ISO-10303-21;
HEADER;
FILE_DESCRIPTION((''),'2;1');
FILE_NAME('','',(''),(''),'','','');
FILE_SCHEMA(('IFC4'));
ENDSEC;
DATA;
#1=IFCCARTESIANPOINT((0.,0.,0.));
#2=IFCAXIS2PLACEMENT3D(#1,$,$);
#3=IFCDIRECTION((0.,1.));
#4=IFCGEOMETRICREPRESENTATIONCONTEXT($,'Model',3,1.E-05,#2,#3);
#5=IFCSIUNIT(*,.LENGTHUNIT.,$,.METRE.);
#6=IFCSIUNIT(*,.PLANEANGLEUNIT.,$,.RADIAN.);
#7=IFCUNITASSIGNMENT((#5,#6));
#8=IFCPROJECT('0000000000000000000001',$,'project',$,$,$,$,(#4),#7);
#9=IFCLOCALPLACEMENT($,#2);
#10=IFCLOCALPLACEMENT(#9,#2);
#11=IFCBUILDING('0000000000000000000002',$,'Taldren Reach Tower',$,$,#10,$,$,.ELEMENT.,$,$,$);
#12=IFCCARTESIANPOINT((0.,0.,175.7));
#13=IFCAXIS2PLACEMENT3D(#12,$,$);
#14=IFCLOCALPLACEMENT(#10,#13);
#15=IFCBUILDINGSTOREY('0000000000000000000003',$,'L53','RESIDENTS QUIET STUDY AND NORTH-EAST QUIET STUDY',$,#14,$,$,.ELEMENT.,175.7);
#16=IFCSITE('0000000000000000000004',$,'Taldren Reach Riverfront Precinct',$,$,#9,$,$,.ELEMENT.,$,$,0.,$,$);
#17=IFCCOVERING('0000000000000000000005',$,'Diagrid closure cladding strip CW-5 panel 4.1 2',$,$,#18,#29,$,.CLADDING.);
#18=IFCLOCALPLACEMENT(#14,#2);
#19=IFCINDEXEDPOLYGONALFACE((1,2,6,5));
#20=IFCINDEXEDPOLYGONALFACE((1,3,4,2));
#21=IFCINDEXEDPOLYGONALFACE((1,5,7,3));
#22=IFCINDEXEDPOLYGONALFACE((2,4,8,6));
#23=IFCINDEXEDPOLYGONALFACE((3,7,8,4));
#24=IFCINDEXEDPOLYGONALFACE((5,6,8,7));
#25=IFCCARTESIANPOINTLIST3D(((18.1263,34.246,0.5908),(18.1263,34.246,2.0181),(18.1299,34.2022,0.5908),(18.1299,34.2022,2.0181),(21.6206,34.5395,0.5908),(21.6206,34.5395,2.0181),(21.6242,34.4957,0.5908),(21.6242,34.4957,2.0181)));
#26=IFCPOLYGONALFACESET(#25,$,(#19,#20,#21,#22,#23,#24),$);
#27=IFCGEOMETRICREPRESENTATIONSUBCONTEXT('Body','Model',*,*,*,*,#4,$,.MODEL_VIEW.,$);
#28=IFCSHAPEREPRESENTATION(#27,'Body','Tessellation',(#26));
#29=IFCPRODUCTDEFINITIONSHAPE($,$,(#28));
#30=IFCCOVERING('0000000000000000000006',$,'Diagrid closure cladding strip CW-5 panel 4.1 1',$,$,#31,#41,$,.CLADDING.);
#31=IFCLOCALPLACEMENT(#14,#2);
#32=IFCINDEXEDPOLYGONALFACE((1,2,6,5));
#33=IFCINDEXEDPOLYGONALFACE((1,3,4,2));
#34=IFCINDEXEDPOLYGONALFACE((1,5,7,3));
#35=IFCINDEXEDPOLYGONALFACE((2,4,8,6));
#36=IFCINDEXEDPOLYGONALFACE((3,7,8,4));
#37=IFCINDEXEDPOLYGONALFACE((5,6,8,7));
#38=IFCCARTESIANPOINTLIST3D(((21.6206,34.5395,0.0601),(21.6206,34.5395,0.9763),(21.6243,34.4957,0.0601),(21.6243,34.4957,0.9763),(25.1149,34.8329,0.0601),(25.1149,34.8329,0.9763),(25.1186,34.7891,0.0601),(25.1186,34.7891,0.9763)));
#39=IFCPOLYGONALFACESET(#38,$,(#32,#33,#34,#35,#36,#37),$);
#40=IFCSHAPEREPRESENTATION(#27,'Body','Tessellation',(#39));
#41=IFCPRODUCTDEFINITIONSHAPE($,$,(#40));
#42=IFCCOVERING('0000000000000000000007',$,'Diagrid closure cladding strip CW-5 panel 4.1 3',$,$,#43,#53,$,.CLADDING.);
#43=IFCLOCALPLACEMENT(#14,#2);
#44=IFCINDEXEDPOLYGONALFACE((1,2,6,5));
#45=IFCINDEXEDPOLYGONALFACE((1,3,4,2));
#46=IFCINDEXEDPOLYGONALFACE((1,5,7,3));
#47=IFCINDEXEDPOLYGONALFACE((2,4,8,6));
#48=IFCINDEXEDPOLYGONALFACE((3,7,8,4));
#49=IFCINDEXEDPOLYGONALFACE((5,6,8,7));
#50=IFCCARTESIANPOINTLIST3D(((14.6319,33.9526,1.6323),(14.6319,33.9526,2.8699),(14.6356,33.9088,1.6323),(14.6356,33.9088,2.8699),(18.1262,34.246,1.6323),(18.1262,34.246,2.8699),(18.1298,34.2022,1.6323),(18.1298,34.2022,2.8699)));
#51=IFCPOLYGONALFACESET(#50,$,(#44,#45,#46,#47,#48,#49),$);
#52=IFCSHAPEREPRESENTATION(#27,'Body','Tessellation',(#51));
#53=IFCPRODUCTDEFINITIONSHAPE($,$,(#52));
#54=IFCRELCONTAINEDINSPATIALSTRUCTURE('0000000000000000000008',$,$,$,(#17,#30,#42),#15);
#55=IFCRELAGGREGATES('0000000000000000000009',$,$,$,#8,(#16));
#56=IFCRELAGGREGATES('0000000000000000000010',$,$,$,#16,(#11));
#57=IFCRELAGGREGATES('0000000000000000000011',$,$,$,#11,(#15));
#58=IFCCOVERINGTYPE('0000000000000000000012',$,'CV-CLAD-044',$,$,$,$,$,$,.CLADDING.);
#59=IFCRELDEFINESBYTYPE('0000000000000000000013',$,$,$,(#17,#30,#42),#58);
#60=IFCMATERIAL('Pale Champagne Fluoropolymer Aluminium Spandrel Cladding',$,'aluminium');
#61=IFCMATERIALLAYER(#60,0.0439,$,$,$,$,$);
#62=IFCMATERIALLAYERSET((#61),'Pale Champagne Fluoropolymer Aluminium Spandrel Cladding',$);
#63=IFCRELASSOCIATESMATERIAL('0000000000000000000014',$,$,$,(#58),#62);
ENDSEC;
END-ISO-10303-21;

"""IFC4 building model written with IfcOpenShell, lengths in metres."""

from ifc_helpers import new_model, si_unit, direction, frame, origin, origin_2d, place, context, subcontext, project, spatial, rectangle, extrude, source, transform, mapped, material, layer, layer_set, type_object, element, save


model = new_model("IFC4")

# Units and contexts
model_context = context("Model", 3, precision=1e-05, world=origin(), true_north=direction((0.0, 1.0)))
body_context = subcontext(model_context, "Body", "Model", "MODEL_VIEW")
ifc_project = project(units=[si_unit("LENGTHUNIT", "METRE"), si_unit("PLANEANGLEUNIT", "RADIAN")], contexts=[model_context])

# Site, building, storey
site_placement = place(None, origin())
site = spatial("IfcSite", under=ifc_project, at=site_placement, Name="Taldren Reach Riverfront Precinct", CompositionType="ELEMENT", RefElevation=0.0)
building_placement = place(site_placement, origin())
building = spatial("IfcBuilding", under=site, at=building_placement, Name="Taldren Reach Tower", CompositionType="ELEMENT")
storey_placement = place(building_placement, frame((0.0, 0.0, 175.7)))
storey = spatial("IfcBuildingStorey", under=building, at=storey_placement, Name="L53", Description="RESIDENTS QUIET STUDY AND NORTH-EAST QUIET STUDY", CompositionType="ELEMENT", Elevation=175.7)

# Coverings
ifc_material_1 = material(Name="Pale Champagne Fluoropolymer Aluminium Spandrel Cladding", Category="aluminium")
ifc_layer_1 = layer(ifc_material_1, 0.0439)
ifc_layer_set_1 = layer_set([ifc_layer_1], Name="Pale Champagne Fluoropolymer Aluminium Spandrel Cladding")
covering_type = type_object("IfcCoveringType", Name="CV-CLAD-044", PredefinedType="CLADDING", material=ifc_layer_set_1)
shared_shape_1 = source(origin(), body_context, "Body", "SweptSolid", [
    extrude(rectangle(XDim=3.5066, YDim=0.0439, at=origin_2d()), origin(), (0.0, 0.0, 1.0), 1.4272),
])
covering_1_placement = place(storey_placement, frame((19.8752, 34.3708, 0.5908), z_axis=(0.0, 0.0, 1.0), x_axis=(-0.996493, -0.083678, 0.0)))
element("IfcCovering", 1, at=covering_1_placement, inside=storey, type_object=covering_type, Name="Diagrid closure cladding strip CW-5 panel 4.1 2", PredefinedType="CLADDING", context=body_context, shape_type="MappedRepresentation", body=[
    mapped(shared_shape_1, transform((0.0, 0.0, 0.0), scale=1.0)),
])
shared_shape_2 = source(origin(), body_context, "Body", "SweptSolid", [
    extrude(rectangle(XDim=3.5066, YDim=0.0439, at=origin_2d()), origin(), (0.0, 0.0, 1.0), 0.9163),
])
covering_2_placement = place(storey_placement, frame((23.3696, 34.6643, 0.0601), z_axis=(0.0, 0.0, 1.0), x_axis=(-0.996493, -0.083678, 0.0)))
element("IfcCovering", 2, at=covering_2_placement, inside=storey, type_object=covering_type, Name="Diagrid closure cladding strip CW-5 panel 4.1 1", PredefinedType="CLADDING", context=body_context, shape_type="MappedRepresentation", body=[
    mapped(shared_shape_2, transform((0.0, 0.0, 0.0), scale=1.0)),
])
shared_shape_3 = source(origin(), body_context, "Body", "SweptSolid", [
    extrude(rectangle(XDim=3.5066, YDim=0.0439, at=origin_2d()), origin(), (0.0, 0.0, 1.0), 1.2375),
])
covering_3_placement = place(storey_placement, frame((16.3809, 34.0774, 1.6323), z_axis=(0.0, 0.0, 1.0), x_axis=(-0.996493, -0.083678, 0.0)))
element("IfcCovering", 3, at=covering_3_placement, inside=storey, type_object=covering_type, Name="Diagrid closure cladding strip CW-5 panel 4.1 3", PredefinedType="CLADDING", context=body_context, shape_type="MappedRepresentation", body=[
    mapped(shared_shape_3, transform((0.0, 0.0, 0.0), scale=1.0)),
])

save(model, "model.ifc")
